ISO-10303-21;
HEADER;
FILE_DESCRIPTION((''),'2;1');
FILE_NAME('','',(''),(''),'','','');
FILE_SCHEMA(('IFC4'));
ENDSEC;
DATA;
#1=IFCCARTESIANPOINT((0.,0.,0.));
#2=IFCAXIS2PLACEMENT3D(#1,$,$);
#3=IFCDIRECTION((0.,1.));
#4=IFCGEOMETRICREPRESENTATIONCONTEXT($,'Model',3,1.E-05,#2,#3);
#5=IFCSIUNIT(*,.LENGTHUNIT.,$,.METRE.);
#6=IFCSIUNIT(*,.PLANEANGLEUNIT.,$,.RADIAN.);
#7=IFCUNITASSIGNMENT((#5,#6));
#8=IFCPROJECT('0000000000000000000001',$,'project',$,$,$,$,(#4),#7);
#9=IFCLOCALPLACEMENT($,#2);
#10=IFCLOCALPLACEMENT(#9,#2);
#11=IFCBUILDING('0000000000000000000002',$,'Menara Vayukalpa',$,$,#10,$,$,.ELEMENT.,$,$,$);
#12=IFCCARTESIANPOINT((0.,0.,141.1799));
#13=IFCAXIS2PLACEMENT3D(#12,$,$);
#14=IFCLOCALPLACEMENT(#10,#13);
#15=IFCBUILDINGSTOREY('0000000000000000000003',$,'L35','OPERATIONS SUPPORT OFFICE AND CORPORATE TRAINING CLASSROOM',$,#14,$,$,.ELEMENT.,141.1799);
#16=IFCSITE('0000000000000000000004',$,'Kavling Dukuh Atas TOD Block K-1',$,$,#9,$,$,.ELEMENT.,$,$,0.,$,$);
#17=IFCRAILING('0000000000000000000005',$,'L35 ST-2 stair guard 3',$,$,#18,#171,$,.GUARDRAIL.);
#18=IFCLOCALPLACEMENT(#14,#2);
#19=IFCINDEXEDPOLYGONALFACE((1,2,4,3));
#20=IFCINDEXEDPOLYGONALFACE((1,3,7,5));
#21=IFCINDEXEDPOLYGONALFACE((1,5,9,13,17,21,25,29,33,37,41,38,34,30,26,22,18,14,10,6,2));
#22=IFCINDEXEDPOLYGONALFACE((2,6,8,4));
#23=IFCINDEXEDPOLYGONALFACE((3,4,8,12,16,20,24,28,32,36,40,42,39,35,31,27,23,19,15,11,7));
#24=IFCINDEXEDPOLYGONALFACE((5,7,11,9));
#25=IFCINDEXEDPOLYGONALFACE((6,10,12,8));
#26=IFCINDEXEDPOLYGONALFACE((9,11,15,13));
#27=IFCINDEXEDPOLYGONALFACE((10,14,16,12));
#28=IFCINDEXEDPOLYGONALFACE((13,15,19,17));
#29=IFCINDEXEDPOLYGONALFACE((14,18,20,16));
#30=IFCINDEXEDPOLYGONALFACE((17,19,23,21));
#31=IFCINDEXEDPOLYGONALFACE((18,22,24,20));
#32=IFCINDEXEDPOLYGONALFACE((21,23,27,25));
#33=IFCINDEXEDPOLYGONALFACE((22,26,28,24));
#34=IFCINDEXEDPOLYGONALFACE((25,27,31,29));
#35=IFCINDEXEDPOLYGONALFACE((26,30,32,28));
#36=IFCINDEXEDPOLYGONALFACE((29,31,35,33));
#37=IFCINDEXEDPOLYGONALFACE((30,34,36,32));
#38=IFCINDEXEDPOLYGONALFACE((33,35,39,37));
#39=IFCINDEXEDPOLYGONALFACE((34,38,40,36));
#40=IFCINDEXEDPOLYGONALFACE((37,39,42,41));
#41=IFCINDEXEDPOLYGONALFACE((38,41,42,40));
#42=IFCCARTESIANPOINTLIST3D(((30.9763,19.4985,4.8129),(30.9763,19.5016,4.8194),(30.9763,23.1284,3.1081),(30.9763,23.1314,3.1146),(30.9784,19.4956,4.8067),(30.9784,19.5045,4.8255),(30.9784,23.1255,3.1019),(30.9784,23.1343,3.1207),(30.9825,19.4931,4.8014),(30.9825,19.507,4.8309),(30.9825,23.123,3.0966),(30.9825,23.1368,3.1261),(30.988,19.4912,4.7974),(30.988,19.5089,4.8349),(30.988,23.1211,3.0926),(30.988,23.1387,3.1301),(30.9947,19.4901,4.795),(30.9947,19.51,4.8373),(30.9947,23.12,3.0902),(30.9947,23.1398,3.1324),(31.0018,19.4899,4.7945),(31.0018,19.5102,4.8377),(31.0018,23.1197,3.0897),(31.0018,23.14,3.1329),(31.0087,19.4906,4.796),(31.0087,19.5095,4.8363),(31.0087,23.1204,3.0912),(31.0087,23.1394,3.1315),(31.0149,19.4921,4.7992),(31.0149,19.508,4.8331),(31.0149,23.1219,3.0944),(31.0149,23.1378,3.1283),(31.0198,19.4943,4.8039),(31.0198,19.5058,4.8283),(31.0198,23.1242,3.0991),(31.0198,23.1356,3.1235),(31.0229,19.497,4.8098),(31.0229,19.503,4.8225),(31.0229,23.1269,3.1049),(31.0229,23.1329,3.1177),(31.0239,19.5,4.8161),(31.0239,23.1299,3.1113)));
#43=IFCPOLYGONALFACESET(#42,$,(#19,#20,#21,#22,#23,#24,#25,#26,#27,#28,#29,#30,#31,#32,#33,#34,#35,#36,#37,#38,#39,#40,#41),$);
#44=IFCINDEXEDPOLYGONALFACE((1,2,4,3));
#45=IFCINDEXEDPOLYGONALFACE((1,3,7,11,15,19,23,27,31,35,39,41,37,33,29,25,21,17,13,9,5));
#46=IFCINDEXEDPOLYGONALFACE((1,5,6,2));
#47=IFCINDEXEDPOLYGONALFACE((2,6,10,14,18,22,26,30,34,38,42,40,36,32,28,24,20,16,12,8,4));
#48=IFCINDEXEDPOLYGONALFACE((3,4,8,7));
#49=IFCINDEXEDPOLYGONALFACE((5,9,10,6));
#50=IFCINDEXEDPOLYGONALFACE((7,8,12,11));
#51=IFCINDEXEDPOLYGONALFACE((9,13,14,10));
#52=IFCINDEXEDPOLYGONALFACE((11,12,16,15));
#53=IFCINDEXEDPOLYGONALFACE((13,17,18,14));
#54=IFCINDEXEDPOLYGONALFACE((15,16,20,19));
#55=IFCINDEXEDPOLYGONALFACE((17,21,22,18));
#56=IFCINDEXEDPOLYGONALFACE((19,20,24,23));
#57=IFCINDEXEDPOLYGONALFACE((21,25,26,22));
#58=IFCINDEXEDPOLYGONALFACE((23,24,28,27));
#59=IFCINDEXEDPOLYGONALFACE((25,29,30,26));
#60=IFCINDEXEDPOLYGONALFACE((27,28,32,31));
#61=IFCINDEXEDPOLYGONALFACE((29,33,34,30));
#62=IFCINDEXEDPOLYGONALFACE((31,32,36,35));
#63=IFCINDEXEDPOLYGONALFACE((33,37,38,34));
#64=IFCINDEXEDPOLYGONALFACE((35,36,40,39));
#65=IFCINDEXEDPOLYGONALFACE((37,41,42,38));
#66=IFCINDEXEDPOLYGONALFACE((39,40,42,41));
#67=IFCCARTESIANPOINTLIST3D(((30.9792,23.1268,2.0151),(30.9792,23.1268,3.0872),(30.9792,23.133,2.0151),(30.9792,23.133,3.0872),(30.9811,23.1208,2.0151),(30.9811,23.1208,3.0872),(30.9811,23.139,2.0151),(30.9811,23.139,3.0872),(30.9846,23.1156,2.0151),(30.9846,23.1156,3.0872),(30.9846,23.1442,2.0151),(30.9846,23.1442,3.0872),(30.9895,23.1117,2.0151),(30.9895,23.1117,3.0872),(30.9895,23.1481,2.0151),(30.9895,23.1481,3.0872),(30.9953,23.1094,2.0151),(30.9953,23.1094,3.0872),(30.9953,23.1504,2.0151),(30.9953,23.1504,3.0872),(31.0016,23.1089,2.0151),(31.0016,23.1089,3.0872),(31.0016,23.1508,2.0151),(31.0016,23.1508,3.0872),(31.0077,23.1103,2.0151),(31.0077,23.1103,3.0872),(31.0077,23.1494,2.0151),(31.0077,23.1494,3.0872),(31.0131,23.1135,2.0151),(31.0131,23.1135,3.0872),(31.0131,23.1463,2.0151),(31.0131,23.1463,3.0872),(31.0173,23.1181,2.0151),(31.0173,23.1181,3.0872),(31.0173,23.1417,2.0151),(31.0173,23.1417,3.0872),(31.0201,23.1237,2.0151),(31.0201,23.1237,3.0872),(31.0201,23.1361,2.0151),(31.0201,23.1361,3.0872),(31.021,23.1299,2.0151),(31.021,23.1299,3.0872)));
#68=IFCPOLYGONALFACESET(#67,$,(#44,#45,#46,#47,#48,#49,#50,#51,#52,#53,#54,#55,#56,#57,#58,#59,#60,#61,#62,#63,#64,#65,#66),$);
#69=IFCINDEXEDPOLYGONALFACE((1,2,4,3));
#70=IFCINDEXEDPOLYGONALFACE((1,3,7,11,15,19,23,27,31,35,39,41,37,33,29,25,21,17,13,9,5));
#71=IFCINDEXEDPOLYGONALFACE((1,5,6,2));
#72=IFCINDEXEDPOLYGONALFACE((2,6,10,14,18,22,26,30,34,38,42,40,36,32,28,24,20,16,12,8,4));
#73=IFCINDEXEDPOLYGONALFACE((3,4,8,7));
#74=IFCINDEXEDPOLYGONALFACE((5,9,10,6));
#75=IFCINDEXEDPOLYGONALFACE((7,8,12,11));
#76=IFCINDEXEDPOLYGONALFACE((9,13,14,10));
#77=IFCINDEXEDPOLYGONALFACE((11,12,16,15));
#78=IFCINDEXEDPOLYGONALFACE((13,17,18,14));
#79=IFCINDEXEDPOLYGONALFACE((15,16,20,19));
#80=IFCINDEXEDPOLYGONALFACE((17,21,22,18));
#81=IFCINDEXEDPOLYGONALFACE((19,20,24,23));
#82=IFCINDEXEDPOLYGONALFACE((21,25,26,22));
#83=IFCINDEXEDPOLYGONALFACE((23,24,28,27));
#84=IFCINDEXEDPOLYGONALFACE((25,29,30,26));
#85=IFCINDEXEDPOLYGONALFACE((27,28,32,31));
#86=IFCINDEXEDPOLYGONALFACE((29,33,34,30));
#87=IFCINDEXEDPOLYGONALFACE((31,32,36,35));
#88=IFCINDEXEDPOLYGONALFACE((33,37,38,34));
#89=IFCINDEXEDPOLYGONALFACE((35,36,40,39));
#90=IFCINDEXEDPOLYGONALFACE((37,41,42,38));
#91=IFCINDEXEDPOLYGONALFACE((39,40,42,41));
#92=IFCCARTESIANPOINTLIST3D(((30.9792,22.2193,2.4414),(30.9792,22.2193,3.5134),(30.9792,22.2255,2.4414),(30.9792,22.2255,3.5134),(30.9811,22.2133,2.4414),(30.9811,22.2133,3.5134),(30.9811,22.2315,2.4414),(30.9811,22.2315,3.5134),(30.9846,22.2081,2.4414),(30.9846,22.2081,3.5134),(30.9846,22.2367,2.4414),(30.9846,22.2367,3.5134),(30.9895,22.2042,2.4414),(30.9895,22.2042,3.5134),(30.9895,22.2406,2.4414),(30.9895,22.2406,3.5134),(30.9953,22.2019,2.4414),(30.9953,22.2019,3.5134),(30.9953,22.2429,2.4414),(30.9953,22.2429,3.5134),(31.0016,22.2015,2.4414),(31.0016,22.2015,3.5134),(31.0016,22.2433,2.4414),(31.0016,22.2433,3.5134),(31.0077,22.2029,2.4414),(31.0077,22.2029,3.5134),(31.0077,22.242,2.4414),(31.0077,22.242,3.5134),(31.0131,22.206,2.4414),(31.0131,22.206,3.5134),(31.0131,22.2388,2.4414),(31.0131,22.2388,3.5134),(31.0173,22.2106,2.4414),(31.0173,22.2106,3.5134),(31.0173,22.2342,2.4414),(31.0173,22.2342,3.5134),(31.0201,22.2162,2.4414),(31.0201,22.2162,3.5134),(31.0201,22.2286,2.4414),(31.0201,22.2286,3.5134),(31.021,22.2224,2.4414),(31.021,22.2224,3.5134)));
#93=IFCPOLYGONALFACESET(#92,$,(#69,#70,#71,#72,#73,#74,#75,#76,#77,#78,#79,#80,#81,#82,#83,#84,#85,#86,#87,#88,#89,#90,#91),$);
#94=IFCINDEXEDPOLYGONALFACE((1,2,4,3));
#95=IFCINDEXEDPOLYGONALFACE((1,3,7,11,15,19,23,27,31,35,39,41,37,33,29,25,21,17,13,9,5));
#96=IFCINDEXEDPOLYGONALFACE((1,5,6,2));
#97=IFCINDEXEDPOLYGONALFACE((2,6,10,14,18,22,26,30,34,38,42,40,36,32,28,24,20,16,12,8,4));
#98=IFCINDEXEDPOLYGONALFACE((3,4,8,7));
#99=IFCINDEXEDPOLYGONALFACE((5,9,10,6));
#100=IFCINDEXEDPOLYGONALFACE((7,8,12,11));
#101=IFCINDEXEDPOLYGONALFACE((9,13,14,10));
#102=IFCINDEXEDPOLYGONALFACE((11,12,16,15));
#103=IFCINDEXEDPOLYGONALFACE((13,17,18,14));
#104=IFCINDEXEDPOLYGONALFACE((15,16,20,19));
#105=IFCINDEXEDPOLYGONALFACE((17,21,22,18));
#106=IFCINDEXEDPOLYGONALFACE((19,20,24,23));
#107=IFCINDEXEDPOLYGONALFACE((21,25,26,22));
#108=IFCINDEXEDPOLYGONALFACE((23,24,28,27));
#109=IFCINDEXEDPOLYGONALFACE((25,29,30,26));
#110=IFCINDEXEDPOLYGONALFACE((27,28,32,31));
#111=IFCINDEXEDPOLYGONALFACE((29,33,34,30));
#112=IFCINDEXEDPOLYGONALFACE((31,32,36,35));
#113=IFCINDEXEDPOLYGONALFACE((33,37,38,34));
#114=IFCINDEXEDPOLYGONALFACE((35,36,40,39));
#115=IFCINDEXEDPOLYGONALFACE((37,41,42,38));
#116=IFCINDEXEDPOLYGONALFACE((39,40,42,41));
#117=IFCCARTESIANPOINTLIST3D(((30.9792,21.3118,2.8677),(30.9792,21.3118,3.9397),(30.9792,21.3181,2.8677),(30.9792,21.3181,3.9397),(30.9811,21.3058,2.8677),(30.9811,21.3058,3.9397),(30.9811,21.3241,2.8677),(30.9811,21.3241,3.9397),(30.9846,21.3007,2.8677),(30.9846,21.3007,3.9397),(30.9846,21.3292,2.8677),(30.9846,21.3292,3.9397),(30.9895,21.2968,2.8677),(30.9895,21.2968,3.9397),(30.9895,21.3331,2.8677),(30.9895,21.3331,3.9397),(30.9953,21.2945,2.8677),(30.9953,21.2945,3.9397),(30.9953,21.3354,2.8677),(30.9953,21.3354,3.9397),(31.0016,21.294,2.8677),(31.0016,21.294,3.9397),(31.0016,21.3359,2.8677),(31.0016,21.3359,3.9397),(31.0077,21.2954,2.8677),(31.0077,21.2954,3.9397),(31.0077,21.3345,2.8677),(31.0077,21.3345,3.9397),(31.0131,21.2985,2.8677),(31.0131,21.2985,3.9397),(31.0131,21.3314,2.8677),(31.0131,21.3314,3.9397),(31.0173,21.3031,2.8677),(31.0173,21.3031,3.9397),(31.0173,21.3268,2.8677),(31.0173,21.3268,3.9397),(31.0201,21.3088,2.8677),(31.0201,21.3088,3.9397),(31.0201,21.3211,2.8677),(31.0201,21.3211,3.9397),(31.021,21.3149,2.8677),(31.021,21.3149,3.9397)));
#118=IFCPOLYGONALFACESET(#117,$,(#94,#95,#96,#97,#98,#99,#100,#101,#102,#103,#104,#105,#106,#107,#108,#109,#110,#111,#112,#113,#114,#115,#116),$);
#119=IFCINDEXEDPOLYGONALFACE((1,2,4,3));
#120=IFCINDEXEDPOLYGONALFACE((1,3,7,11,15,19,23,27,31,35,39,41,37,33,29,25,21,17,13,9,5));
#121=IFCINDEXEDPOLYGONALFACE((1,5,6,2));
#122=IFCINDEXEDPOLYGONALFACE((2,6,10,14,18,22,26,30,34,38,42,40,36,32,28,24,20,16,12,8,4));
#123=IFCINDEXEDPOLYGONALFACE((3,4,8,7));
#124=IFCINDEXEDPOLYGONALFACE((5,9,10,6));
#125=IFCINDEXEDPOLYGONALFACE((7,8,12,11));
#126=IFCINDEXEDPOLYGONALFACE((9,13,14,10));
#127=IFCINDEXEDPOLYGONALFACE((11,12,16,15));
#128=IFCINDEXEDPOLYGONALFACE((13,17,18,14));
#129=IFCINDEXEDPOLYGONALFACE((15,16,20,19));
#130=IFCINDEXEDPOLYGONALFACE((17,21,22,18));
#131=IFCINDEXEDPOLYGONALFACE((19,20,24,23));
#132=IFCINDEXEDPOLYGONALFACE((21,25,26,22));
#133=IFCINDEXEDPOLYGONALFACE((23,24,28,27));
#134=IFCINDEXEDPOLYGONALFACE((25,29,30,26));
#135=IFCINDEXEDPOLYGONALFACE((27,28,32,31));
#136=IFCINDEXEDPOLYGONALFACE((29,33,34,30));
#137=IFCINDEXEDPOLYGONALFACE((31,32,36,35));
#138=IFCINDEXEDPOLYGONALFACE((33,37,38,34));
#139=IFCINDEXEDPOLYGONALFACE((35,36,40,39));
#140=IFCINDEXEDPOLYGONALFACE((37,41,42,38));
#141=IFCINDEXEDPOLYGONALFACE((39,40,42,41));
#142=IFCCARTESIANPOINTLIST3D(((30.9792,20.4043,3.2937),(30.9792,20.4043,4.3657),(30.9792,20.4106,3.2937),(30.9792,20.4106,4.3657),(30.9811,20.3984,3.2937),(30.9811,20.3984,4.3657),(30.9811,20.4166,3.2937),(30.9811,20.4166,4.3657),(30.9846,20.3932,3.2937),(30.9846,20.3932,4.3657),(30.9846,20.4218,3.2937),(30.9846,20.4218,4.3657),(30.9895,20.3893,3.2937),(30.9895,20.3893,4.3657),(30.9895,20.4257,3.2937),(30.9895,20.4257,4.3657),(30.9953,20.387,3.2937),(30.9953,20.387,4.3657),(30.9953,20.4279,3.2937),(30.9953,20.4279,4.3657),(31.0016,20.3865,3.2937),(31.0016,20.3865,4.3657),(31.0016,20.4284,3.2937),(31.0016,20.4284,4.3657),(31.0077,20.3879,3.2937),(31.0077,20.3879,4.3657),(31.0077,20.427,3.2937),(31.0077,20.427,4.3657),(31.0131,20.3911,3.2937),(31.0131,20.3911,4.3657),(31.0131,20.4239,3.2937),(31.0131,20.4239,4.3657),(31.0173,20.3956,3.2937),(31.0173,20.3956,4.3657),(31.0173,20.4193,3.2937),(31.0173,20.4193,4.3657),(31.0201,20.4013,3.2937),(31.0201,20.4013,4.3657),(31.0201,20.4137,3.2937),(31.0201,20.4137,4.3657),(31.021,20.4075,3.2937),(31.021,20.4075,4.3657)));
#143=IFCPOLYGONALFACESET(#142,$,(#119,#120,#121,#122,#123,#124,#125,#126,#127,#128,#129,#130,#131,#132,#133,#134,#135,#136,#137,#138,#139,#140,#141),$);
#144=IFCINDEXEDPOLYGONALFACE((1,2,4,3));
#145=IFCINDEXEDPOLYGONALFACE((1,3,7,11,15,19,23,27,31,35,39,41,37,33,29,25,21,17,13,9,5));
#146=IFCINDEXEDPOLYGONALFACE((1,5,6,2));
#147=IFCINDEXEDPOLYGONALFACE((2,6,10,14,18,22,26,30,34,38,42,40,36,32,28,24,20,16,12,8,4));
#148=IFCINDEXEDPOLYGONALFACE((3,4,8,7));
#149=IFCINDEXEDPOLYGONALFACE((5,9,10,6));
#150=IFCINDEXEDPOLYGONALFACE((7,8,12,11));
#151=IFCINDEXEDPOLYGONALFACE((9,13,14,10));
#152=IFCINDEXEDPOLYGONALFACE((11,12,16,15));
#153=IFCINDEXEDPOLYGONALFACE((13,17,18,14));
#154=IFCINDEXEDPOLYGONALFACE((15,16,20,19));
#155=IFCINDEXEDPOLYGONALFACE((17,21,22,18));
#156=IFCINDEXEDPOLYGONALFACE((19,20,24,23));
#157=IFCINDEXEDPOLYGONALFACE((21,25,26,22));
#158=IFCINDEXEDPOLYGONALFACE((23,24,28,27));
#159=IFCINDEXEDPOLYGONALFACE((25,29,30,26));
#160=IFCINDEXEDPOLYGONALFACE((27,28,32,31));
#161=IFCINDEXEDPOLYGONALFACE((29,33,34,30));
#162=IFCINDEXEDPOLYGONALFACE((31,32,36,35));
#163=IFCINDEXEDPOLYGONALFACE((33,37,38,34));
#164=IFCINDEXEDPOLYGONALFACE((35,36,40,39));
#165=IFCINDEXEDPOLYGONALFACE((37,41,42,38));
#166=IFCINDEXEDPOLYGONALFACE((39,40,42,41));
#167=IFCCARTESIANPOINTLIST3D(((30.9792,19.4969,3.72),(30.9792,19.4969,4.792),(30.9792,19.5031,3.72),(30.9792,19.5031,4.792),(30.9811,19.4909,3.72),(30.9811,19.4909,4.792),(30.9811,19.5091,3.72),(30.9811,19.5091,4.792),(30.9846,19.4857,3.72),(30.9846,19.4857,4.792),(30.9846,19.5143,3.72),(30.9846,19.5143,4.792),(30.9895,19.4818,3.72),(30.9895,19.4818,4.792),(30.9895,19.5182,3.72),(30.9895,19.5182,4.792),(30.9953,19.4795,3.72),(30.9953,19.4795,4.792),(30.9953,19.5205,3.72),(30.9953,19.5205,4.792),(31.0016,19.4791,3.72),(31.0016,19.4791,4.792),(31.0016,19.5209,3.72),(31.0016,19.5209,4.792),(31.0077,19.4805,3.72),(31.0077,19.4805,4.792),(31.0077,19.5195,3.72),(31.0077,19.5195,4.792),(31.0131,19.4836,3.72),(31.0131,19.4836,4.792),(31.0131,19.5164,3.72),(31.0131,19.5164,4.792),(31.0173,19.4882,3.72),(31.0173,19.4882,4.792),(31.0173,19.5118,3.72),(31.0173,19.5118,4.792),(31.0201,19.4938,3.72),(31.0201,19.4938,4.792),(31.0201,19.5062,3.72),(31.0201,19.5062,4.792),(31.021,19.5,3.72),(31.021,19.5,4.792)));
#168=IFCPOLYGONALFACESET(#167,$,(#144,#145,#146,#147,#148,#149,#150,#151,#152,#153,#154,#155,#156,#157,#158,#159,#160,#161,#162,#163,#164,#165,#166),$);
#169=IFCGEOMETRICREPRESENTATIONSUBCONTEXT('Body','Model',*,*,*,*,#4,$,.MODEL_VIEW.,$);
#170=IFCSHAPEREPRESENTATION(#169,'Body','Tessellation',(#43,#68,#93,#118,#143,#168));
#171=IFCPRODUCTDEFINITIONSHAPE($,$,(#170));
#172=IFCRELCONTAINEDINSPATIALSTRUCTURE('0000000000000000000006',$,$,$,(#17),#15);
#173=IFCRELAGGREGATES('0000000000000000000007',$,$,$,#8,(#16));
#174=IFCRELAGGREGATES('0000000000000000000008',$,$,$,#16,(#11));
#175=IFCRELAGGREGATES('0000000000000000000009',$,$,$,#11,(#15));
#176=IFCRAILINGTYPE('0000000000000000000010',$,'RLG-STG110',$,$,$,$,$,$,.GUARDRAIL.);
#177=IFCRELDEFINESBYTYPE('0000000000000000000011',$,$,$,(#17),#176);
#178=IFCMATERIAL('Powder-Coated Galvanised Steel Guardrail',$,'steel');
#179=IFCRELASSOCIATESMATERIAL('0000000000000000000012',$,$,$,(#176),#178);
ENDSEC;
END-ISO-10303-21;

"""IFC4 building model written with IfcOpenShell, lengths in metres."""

from ifc_helpers import new_model, si_unit, direction, frame, origin, origin_2d, place, context, subcontext, project, spatial, circle, extrude, material, type_object, element, save


model = new_model("IFC4")

# Units and contexts
model_context = context("Model", 3, precision=1e-05, world=origin(), true_north=direction((0.0, 1.0)))
body_context = subcontext(model_context, "Body", "Model", "MODEL_VIEW")
ifc_project = project(units=[si_unit("LENGTHUNIT", "METRE"), si_unit("PLANEANGLEUNIT", "RADIAN")], contexts=[model_context])

# Site, building, storey
site_placement = place(None, origin())
site = spatial("IfcSite", under=ifc_project, at=site_placement, Name="Kavling Dukuh Atas TOD Block K-1", CompositionType="ELEMENT", RefElevation=0.0)
building_placement = place(site_placement, origin())
building = spatial("IfcBuilding", under=site, at=building_placement, Name="Menara Vayukalpa", CompositionType="ELEMENT")
storey_placement = place(building_placement, frame((0.0, 0.0, 141.1799)))
storey = spatial("IfcBuildingStorey", under=building, at=storey_placement, Name="L35", Description="OPERATIONS SUPPORT OFFICE AND CORPORATE TRAINING CLASSROOM", CompositionType="ELEMENT", Elevation=141.1799)

# Railing
ifc_material_1 = material(Name="Powder-Coated Galvanised Steel Guardrail", Category="steel")
railing_type_1 = type_object("IfcRailingType", Name="RLG-STG110", PredefinedType="GUARDRAIL", material=ifc_material_1)
railing_1_placement = place(storey_placement, frame((31.0, 23.1299, 2.0151)))
element("IfcRailing", 1, at=railing_1_placement, inside=storey, type_object=railing_type_1, Name="L35 ST-2 stair guard 3", PredefinedType="GUARDRAIL", context=body_context, shape_type="SweptSolid", body=[
    extrude(circle(Radius=0.0239, at=origin_2d()), frame((0.0, 0.0, 1.0962), z_axis=(0.0, -0.90514, 0.425114), x_axis=(1.0, 0.0, 0.0)), (0.0, 0.0, 1.0), 4.0103),
    extrude(circle(Radius=0.021, at=origin_2d()), origin(), (0.0, 0.0, 1.0), 1.072),
    extrude(circle(Radius=0.021, at=origin_2d()), frame((0.0, -0.9075, 0.4263)), (0.0, 0.0, 1.0), 1.072),
    extrude(circle(Radius=0.021, at=origin_2d()), frame((0.0, -1.8149, 0.8525)), (0.0, 0.0, 1.0), 1.072),
    extrude(circle(Radius=0.021, at=origin_2d()), frame((0.0, -2.7224, 1.2786)), (0.0, 0.0, 1.0), 1.072),
    extrude(circle(Radius=0.021, at=origin_2d()), frame((0.0, -3.6299, 1.7048)), (0.0, 0.0, 1.0), 1.072),
])

save(model, "model.ifc")
